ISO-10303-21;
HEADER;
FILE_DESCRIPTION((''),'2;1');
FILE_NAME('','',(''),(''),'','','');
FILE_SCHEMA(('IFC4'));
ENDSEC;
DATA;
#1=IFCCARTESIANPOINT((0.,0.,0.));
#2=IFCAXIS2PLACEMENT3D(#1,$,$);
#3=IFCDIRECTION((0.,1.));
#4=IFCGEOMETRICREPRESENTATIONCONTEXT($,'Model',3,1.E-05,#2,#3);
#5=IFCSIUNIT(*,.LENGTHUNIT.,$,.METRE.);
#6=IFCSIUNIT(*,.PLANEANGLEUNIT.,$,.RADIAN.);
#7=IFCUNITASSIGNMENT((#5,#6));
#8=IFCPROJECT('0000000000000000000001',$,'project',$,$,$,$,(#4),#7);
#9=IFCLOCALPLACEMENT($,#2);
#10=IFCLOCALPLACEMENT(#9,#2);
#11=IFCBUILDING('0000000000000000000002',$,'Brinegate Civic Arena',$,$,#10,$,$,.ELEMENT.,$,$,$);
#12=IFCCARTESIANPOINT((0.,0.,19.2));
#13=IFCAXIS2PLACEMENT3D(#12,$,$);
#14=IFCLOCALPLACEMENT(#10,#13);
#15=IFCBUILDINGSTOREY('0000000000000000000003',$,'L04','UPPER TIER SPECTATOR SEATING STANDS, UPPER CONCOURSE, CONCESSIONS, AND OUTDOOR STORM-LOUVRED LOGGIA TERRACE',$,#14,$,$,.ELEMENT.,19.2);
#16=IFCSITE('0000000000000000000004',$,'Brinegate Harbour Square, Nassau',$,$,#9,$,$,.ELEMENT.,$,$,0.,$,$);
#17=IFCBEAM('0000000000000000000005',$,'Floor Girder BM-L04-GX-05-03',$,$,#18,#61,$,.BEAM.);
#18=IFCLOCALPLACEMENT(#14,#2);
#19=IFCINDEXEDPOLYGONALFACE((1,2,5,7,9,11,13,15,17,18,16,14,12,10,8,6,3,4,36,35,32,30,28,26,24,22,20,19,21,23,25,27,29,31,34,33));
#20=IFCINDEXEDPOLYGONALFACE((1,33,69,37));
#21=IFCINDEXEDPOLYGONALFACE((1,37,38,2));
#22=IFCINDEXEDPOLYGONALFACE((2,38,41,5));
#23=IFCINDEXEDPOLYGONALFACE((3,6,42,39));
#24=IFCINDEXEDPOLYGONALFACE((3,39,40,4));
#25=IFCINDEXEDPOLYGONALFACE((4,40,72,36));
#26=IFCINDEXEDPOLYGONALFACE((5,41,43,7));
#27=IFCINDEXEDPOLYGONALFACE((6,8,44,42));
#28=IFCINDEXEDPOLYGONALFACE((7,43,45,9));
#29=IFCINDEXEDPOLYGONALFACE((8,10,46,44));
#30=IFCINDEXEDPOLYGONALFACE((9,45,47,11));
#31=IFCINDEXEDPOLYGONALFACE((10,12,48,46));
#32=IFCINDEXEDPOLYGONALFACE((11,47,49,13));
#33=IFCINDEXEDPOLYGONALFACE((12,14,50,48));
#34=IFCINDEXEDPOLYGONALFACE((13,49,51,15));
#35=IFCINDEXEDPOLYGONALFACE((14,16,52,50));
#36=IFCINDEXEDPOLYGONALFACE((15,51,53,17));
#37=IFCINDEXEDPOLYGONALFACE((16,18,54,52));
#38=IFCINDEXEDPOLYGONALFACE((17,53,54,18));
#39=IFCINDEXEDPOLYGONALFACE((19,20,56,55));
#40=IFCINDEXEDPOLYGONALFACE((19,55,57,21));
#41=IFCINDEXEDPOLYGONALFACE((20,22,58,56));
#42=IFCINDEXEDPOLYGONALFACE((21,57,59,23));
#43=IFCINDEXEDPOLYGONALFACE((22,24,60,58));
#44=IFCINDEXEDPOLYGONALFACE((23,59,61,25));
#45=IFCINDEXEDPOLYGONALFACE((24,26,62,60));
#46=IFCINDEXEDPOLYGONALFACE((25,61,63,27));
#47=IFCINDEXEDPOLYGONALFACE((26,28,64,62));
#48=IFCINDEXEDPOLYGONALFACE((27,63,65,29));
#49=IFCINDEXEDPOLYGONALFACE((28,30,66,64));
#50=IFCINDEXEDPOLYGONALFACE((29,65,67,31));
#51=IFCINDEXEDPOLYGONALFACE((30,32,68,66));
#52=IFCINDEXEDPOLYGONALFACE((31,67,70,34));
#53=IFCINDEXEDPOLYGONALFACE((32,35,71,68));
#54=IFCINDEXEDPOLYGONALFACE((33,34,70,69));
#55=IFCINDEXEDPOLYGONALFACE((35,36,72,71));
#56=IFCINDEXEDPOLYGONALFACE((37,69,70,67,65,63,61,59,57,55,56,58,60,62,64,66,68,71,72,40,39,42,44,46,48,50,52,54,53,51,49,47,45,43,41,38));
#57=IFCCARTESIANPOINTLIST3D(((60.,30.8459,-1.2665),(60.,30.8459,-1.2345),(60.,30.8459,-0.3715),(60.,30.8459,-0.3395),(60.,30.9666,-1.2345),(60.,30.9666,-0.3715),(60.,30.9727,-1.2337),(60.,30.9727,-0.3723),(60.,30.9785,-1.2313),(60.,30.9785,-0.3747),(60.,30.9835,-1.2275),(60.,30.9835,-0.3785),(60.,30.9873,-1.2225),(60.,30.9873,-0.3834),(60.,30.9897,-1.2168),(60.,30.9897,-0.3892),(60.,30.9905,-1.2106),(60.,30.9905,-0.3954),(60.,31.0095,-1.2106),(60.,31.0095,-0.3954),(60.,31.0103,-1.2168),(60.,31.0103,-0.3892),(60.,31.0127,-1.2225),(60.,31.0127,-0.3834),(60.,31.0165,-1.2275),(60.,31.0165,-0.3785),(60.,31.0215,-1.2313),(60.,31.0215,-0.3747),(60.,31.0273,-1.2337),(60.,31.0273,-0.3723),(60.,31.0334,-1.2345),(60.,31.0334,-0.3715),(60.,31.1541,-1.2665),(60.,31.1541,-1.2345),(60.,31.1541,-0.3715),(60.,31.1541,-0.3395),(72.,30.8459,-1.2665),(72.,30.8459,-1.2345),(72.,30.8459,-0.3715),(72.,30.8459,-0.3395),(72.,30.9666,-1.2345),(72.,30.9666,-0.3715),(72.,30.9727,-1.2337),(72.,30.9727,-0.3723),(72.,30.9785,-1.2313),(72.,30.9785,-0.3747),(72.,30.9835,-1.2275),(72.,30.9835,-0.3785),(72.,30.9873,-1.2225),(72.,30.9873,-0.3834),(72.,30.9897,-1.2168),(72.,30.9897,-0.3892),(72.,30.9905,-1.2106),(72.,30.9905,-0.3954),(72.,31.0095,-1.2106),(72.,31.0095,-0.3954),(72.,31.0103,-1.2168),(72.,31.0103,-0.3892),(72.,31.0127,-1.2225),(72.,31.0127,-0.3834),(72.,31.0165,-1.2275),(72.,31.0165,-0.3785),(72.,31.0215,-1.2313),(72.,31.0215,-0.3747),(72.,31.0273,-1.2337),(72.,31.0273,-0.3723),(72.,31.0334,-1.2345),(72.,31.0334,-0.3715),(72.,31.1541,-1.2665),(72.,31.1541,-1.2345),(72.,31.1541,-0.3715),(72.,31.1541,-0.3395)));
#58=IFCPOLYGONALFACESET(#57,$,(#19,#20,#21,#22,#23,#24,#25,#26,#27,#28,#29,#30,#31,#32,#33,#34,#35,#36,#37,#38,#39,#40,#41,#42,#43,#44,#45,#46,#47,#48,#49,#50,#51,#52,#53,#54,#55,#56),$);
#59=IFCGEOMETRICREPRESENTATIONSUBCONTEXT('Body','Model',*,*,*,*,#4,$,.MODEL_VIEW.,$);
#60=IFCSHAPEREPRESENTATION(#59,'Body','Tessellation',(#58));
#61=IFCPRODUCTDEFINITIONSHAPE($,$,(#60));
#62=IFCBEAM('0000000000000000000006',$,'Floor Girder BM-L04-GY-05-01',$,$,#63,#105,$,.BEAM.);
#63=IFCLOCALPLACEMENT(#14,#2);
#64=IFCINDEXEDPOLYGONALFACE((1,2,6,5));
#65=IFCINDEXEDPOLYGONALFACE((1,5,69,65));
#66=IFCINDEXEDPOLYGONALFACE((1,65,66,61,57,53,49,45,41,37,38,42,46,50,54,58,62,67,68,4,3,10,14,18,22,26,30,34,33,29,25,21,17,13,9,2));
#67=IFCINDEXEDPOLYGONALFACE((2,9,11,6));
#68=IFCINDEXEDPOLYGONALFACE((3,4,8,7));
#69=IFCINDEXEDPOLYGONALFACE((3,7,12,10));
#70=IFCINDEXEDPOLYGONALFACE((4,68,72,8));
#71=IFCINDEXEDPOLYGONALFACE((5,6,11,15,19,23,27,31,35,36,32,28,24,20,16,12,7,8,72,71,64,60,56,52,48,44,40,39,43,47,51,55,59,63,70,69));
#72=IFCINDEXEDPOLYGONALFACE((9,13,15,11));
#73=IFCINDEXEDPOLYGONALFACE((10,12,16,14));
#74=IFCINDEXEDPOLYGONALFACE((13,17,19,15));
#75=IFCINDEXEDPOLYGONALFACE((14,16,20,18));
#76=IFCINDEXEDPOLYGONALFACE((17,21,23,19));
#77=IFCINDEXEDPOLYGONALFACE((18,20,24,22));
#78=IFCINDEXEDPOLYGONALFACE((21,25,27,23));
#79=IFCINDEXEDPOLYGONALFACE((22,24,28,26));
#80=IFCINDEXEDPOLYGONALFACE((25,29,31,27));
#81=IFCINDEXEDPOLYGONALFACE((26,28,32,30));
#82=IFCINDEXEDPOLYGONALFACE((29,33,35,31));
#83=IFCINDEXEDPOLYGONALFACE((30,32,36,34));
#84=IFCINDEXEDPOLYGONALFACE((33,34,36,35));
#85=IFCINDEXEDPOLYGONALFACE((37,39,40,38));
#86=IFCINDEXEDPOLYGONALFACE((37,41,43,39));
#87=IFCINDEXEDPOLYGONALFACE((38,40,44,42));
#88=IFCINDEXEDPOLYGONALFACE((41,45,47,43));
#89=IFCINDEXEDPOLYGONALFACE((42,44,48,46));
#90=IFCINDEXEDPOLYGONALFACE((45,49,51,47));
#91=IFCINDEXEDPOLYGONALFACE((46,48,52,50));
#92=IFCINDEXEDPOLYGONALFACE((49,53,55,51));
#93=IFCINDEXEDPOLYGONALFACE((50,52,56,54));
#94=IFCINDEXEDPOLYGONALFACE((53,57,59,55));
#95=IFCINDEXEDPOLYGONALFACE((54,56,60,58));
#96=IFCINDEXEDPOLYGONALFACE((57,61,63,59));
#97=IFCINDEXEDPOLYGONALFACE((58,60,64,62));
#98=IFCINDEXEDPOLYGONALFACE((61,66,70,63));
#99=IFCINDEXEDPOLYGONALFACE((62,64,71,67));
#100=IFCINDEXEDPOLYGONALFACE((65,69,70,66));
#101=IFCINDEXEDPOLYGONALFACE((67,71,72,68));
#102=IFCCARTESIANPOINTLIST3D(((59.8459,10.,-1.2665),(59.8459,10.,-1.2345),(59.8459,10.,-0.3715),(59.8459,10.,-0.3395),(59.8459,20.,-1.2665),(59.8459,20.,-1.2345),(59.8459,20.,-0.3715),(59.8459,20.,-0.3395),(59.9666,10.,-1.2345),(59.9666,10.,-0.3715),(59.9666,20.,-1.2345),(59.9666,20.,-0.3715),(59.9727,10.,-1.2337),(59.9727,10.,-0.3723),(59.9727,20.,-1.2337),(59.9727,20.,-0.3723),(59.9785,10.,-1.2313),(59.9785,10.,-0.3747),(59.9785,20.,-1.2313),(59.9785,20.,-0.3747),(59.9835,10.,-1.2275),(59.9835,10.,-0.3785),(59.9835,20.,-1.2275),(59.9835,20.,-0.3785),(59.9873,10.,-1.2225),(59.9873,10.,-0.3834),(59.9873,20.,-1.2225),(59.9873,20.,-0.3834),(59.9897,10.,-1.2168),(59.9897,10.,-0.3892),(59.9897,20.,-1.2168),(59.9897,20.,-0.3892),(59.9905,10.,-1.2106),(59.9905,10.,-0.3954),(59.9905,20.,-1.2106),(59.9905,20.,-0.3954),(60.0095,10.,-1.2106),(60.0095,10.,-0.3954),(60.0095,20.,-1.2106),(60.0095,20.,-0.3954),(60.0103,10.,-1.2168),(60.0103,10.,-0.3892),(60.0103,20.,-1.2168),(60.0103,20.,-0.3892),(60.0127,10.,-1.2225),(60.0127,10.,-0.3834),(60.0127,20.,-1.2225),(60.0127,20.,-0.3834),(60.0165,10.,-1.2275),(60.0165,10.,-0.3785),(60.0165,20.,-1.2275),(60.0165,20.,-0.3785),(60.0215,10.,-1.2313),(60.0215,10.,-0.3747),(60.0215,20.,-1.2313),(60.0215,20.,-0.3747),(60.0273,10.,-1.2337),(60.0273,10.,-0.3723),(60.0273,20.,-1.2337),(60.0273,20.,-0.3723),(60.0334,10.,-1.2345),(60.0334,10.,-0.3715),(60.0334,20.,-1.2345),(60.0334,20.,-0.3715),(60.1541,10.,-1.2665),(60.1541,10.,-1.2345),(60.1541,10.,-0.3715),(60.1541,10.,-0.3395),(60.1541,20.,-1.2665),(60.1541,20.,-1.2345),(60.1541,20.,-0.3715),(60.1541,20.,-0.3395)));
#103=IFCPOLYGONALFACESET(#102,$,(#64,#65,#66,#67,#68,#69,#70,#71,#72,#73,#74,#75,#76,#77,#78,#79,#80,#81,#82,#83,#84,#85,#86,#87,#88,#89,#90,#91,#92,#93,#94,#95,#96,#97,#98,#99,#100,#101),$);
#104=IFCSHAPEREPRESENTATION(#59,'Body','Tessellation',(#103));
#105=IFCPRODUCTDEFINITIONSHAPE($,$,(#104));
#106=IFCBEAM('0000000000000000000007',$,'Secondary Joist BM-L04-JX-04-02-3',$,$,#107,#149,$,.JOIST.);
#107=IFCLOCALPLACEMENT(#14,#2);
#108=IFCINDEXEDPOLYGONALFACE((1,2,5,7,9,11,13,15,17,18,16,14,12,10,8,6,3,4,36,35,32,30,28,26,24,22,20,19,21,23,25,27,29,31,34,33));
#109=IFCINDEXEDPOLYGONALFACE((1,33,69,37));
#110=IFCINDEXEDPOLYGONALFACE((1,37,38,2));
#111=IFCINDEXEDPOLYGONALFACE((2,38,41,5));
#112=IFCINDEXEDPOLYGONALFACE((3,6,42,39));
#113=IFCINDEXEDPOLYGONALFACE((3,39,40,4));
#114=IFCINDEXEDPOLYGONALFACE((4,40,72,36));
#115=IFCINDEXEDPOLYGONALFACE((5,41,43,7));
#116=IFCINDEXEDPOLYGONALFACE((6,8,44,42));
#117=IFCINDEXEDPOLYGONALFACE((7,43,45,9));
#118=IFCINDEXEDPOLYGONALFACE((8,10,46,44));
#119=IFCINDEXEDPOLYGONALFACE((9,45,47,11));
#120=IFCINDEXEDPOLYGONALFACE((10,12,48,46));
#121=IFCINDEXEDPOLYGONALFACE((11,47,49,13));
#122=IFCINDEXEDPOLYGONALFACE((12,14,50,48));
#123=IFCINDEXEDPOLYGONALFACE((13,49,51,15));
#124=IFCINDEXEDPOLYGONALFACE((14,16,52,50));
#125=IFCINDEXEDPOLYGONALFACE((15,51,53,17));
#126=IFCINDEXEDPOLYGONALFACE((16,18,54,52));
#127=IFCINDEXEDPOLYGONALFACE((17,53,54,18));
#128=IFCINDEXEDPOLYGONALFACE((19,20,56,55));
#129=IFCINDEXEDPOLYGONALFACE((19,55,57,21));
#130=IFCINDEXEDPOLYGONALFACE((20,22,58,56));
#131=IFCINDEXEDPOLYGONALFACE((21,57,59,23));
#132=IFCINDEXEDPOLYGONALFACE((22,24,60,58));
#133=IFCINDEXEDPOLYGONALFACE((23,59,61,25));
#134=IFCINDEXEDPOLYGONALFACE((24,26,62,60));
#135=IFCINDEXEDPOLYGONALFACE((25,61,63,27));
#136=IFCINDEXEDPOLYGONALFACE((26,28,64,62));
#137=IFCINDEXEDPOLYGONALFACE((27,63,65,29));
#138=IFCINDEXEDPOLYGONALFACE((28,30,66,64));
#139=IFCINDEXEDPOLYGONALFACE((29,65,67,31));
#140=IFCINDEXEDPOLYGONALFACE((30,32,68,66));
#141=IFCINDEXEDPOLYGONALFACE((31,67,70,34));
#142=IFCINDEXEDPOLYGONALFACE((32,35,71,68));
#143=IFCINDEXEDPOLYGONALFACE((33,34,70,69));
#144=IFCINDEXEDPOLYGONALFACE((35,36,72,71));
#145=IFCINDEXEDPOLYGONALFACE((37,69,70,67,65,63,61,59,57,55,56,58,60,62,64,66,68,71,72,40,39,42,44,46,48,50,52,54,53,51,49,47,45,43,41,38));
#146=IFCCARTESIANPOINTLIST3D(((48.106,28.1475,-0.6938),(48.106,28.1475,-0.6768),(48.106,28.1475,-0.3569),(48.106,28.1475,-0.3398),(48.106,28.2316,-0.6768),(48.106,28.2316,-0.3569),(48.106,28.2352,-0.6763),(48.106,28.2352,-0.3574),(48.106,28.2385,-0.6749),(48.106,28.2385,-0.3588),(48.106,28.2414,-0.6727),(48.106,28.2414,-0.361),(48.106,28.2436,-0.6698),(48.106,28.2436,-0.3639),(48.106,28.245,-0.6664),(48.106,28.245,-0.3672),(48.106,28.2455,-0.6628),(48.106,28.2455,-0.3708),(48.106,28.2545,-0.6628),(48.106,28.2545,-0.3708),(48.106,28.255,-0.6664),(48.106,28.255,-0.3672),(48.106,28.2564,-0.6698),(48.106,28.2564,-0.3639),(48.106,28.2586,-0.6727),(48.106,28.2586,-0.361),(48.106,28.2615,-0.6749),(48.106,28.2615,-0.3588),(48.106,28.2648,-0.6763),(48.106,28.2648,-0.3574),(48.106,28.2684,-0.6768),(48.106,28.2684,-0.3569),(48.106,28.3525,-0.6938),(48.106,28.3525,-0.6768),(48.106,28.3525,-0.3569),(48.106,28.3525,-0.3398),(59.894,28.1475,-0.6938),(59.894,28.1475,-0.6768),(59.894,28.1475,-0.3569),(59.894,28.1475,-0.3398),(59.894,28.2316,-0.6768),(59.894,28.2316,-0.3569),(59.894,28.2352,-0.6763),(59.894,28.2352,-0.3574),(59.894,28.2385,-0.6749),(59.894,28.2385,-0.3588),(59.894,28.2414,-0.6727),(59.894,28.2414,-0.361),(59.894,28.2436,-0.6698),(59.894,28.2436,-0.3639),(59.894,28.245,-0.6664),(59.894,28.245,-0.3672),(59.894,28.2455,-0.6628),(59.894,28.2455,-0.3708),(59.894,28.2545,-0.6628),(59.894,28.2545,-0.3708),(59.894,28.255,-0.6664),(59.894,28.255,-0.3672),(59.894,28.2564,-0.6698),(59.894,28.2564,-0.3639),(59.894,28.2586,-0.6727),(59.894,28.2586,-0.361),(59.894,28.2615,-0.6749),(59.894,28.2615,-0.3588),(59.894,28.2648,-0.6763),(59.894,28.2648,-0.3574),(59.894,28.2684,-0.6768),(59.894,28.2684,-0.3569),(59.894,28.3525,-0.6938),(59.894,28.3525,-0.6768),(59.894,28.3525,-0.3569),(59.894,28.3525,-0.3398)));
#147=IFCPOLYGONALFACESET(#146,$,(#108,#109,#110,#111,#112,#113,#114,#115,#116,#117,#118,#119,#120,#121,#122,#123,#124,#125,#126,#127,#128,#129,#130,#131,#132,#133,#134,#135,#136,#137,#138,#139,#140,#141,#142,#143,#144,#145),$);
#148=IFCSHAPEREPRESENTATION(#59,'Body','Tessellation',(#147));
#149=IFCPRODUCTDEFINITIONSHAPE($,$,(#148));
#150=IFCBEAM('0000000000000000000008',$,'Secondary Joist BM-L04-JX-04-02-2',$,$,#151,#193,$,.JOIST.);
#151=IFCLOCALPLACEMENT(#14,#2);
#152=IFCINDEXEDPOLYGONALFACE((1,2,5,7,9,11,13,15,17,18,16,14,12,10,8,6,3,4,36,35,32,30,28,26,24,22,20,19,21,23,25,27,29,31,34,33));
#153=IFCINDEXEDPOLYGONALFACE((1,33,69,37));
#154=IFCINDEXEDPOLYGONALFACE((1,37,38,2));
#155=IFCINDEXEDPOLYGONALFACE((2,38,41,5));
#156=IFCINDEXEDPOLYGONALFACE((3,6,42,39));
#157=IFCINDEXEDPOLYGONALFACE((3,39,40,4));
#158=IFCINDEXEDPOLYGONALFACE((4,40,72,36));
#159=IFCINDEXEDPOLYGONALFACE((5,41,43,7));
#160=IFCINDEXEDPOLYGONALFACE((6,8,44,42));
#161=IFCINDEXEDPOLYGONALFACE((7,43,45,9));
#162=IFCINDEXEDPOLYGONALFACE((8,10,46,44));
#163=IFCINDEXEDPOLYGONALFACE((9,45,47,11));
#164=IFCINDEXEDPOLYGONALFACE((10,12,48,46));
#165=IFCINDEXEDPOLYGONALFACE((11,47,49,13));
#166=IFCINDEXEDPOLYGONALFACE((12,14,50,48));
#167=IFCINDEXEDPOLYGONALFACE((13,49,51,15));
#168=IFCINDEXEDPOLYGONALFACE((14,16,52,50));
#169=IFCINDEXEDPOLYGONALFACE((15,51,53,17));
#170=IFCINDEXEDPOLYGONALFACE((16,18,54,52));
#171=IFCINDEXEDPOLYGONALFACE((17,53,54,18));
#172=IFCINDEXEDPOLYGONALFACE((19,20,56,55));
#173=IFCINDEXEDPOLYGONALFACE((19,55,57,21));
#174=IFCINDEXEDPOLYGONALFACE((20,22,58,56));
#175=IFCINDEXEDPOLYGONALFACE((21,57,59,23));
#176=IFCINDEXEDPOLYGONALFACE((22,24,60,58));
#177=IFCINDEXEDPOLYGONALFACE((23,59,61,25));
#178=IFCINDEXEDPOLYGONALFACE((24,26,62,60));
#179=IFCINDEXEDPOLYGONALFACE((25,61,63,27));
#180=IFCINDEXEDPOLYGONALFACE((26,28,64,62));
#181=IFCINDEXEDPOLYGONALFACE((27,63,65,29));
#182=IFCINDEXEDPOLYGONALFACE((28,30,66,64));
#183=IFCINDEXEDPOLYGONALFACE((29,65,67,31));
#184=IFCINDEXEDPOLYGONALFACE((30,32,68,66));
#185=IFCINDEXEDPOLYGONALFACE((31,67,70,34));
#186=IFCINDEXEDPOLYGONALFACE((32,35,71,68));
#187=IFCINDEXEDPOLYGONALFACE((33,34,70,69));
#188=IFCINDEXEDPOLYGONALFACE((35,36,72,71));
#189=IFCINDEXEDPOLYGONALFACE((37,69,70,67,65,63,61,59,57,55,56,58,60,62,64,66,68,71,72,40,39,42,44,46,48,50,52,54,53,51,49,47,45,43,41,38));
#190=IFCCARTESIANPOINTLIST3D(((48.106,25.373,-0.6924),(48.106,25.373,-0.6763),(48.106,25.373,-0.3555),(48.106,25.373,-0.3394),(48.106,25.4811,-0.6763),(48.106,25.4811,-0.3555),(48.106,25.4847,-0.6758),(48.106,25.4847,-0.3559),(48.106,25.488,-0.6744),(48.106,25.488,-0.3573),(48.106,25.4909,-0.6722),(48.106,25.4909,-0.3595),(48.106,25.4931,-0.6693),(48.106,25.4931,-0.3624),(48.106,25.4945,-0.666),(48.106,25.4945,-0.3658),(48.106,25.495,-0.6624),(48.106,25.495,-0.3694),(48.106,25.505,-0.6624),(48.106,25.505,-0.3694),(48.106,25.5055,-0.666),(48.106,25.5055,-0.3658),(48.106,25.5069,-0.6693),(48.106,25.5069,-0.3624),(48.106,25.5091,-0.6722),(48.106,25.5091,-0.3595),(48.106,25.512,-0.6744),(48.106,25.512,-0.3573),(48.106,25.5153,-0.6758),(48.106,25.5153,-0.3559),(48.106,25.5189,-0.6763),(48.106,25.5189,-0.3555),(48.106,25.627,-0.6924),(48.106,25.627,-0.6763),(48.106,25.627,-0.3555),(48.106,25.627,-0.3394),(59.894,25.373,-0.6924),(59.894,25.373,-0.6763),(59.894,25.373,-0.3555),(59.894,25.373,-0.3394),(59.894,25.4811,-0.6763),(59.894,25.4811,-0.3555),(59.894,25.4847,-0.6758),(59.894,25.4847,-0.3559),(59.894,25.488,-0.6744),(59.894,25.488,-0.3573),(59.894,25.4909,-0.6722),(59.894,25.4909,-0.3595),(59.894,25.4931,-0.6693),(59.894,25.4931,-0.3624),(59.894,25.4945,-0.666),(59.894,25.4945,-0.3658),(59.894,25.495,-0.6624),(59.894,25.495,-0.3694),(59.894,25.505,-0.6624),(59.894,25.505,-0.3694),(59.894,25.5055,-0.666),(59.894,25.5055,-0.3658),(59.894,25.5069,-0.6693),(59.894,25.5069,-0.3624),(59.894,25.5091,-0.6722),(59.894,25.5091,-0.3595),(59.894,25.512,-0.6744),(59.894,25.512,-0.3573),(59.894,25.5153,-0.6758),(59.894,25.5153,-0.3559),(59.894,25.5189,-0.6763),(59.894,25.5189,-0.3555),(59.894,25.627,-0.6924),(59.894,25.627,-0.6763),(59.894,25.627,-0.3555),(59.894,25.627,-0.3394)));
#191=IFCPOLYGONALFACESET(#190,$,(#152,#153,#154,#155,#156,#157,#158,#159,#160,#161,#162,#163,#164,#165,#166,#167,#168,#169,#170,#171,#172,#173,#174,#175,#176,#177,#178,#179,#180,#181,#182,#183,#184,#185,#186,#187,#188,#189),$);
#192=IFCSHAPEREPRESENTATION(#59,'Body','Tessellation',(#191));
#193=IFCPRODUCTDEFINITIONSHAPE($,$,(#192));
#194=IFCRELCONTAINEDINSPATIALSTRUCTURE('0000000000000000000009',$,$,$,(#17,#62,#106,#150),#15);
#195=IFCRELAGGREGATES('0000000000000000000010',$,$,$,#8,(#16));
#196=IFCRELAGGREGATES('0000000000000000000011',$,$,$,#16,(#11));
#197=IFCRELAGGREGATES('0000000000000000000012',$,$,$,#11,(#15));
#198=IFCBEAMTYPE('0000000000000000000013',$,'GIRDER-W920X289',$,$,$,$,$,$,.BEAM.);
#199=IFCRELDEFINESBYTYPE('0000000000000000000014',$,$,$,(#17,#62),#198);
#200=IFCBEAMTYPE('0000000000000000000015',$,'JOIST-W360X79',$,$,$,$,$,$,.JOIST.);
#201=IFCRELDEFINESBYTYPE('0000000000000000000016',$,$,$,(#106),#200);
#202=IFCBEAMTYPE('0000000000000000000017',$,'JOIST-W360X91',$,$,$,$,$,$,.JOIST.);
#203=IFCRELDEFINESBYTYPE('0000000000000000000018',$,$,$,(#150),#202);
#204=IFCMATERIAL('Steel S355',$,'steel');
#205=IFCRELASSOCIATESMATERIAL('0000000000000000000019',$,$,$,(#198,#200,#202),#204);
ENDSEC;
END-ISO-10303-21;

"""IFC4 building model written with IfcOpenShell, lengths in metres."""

from ifc_helpers import new_model, si_unit, direction, frame, origin, origin_2d, place, context, subcontext, project, spatial, i_section, extrude, material, material_profile, profile_set, type_object, element, save


model = new_model("IFC4")

# Units and contexts
model_context = context("Model", 3, precision=1e-05, world=origin(), true_north=direction((0.0, 1.0)))
body_context = subcontext(model_context, "Body", "Model", "MODEL_VIEW")
ifc_project = project(units=[si_unit("LENGTHUNIT", "METRE"), si_unit("PLANEANGLEUNIT", "RADIAN")], contexts=[model_context])

# Site, building, storey
site_placement = place(None, origin())
site = spatial("IfcSite", under=ifc_project, at=site_placement, Name="Brinegate Harbour Square, Nassau", CompositionType="ELEMENT", RefElevation=0.0)
building_placement = place(site_placement, origin())
building = spatial("IfcBuilding", under=site, at=building_placement, Name="Brinegate Civic Arena", CompositionType="ELEMENT")
storey_placement = place(building_placement, frame((0.0, 0.0, 19.2)))
storey = spatial("IfcBuildingStorey", under=building, at=storey_placement, Name="L04", Description="UPPER TIER SPECTATOR SEATING STANDS, UPPER CONCOURSE, CONCESSIONS, AND OUTDOOR STORM-LOUVRED LOGGIA TERRACE", CompositionType="ELEMENT", Elevation=19.2)

# Beams
ifc_material_1 = material(Name="Steel S355", Category="steel")
ifc_material_profile_1 = material_profile(ifc_material_1, i_section(OverallWidth=0.3081, OverallDepth=0.927, WebThickness=0.019, FlangeThickness=0.032, FilletRadius=0.0239, at=origin_2d()), Name="W920X289")
ifc_profile_set_1 = profile_set([ifc_material_profile_1], Name="Steel S355")
beam_type_1 = type_object("IfcBeamType", Name="GIRDER-W920X289", PredefinedType="BEAM", material=ifc_profile_set_1)
beam_1_placement = place(storey_placement, frame((60.0, 31.0, -0.803), z_axis=(1.0, 0.0, 0.0), x_axis=(0.0, 1.0, 0.0)))
element("IfcBeam", 1, at=beam_1_placement, inside=storey, type_object=beam_type_1, Name="Floor Girder BM-L04-GX-05-03", PredefinedType="BEAM", context=body_context, shape_type="SweptSolid", body=[
    extrude(i_section(OverallWidth=0.3081, OverallDepth=0.927, WebThickness=0.019, FlangeThickness=0.032, FilletRadius=0.0239, at=origin_2d()), origin(), (0.0, 0.0, 1.0), 12.0),
])
beam_2_placement = place(storey_placement, frame((60.0, 10.0, -0.803), z_axis=(0.0, 1.0, 0.0), x_axis=(-1.0, 0.0, 0.0)))
element("IfcBeam", 2, at=beam_2_placement, inside=storey, type_object=beam_type_1, Name="Floor Girder BM-L04-GY-05-01", PredefinedType="BEAM", context=body_context, shape_type="SweptSolid", body=[
    extrude(i_section(OverallWidth=0.3081, OverallDepth=0.927, WebThickness=0.019, FlangeThickness=0.032, FilletRadius=0.0239, at=origin_2d()), origin(), (0.0, 0.0, 1.0), 10.0),
])
ifc_material_profile_2 = material_profile(ifc_material_1, i_section(OverallWidth=0.2051, OverallDepth=0.354, WebThickness=0.009, FlangeThickness=0.0171, FilletRadius=0.0139, at=origin_2d()), Name="W360X79")
ifc_profile_set_2 = profile_set([ifc_material_profile_2], Name="Steel S355")
beam_type_2 = type_object("IfcBeamType", Name="JOIST-W360X79", PredefinedType="JOIST", material=ifc_profile_set_2)
beam_3_placement = place(storey_placement, frame((48.106, 28.25, -0.5168), z_axis=(1.0, 0.0, 0.0), x_axis=(0.0, 1.0, 0.0)))
element("IfcBeam", 3, at=beam_3_placement, inside=storey, type_object=beam_type_2, Name="Secondary Joist BM-L04-JX-04-02-3", PredefinedType="JOIST", context=body_context, shape_type="SweptSolid", body=[
    extrude(i_section(OverallWidth=0.2051, OverallDepth=0.354, WebThickness=0.009, FlangeThickness=0.0171, FilletRadius=0.0139, at=origin_2d()), origin(), (0.0, 0.0, 1.0), 11.7881),
])
ifc_material_profile_3 = material_profile(ifc_material_1, i_section(OverallWidth=0.2539, OverallDepth=0.353, WebThickness=0.01, FlangeThickness=0.0161, FilletRadius=0.0139, at=origin_2d()), Name="W360X91")
ifc_profile_set_3 = profile_set([ifc_material_profile_3], Name="Steel S355")
beam_type_3 = type_object("IfcBeamType", Name="JOIST-W360X91", PredefinedType="JOIST", material=ifc_profile_set_3)
beam_4_placement = place(storey_placement, frame((48.106, 25.5, -0.5159), z_axis=(1.0, 0.0, 0.0), x_axis=(0.0, 1.0, 0.0)))
element("IfcBeam", 4, at=beam_4_placement, inside=storey, type_object=beam_type_3, Name="Secondary Joist BM-L04-JX-04-02-2", PredefinedType="JOIST", context=body_context, shape_type="SweptSolid", body=[
    extrude(i_section(OverallWidth=0.2539, OverallDepth=0.353, WebThickness=0.01, FlangeThickness=0.0161, FilletRadius=0.0139, at=origin_2d()), origin(), (0.0, 0.0, 1.0), 11.7881),
])

save(model, "model.ifc")
